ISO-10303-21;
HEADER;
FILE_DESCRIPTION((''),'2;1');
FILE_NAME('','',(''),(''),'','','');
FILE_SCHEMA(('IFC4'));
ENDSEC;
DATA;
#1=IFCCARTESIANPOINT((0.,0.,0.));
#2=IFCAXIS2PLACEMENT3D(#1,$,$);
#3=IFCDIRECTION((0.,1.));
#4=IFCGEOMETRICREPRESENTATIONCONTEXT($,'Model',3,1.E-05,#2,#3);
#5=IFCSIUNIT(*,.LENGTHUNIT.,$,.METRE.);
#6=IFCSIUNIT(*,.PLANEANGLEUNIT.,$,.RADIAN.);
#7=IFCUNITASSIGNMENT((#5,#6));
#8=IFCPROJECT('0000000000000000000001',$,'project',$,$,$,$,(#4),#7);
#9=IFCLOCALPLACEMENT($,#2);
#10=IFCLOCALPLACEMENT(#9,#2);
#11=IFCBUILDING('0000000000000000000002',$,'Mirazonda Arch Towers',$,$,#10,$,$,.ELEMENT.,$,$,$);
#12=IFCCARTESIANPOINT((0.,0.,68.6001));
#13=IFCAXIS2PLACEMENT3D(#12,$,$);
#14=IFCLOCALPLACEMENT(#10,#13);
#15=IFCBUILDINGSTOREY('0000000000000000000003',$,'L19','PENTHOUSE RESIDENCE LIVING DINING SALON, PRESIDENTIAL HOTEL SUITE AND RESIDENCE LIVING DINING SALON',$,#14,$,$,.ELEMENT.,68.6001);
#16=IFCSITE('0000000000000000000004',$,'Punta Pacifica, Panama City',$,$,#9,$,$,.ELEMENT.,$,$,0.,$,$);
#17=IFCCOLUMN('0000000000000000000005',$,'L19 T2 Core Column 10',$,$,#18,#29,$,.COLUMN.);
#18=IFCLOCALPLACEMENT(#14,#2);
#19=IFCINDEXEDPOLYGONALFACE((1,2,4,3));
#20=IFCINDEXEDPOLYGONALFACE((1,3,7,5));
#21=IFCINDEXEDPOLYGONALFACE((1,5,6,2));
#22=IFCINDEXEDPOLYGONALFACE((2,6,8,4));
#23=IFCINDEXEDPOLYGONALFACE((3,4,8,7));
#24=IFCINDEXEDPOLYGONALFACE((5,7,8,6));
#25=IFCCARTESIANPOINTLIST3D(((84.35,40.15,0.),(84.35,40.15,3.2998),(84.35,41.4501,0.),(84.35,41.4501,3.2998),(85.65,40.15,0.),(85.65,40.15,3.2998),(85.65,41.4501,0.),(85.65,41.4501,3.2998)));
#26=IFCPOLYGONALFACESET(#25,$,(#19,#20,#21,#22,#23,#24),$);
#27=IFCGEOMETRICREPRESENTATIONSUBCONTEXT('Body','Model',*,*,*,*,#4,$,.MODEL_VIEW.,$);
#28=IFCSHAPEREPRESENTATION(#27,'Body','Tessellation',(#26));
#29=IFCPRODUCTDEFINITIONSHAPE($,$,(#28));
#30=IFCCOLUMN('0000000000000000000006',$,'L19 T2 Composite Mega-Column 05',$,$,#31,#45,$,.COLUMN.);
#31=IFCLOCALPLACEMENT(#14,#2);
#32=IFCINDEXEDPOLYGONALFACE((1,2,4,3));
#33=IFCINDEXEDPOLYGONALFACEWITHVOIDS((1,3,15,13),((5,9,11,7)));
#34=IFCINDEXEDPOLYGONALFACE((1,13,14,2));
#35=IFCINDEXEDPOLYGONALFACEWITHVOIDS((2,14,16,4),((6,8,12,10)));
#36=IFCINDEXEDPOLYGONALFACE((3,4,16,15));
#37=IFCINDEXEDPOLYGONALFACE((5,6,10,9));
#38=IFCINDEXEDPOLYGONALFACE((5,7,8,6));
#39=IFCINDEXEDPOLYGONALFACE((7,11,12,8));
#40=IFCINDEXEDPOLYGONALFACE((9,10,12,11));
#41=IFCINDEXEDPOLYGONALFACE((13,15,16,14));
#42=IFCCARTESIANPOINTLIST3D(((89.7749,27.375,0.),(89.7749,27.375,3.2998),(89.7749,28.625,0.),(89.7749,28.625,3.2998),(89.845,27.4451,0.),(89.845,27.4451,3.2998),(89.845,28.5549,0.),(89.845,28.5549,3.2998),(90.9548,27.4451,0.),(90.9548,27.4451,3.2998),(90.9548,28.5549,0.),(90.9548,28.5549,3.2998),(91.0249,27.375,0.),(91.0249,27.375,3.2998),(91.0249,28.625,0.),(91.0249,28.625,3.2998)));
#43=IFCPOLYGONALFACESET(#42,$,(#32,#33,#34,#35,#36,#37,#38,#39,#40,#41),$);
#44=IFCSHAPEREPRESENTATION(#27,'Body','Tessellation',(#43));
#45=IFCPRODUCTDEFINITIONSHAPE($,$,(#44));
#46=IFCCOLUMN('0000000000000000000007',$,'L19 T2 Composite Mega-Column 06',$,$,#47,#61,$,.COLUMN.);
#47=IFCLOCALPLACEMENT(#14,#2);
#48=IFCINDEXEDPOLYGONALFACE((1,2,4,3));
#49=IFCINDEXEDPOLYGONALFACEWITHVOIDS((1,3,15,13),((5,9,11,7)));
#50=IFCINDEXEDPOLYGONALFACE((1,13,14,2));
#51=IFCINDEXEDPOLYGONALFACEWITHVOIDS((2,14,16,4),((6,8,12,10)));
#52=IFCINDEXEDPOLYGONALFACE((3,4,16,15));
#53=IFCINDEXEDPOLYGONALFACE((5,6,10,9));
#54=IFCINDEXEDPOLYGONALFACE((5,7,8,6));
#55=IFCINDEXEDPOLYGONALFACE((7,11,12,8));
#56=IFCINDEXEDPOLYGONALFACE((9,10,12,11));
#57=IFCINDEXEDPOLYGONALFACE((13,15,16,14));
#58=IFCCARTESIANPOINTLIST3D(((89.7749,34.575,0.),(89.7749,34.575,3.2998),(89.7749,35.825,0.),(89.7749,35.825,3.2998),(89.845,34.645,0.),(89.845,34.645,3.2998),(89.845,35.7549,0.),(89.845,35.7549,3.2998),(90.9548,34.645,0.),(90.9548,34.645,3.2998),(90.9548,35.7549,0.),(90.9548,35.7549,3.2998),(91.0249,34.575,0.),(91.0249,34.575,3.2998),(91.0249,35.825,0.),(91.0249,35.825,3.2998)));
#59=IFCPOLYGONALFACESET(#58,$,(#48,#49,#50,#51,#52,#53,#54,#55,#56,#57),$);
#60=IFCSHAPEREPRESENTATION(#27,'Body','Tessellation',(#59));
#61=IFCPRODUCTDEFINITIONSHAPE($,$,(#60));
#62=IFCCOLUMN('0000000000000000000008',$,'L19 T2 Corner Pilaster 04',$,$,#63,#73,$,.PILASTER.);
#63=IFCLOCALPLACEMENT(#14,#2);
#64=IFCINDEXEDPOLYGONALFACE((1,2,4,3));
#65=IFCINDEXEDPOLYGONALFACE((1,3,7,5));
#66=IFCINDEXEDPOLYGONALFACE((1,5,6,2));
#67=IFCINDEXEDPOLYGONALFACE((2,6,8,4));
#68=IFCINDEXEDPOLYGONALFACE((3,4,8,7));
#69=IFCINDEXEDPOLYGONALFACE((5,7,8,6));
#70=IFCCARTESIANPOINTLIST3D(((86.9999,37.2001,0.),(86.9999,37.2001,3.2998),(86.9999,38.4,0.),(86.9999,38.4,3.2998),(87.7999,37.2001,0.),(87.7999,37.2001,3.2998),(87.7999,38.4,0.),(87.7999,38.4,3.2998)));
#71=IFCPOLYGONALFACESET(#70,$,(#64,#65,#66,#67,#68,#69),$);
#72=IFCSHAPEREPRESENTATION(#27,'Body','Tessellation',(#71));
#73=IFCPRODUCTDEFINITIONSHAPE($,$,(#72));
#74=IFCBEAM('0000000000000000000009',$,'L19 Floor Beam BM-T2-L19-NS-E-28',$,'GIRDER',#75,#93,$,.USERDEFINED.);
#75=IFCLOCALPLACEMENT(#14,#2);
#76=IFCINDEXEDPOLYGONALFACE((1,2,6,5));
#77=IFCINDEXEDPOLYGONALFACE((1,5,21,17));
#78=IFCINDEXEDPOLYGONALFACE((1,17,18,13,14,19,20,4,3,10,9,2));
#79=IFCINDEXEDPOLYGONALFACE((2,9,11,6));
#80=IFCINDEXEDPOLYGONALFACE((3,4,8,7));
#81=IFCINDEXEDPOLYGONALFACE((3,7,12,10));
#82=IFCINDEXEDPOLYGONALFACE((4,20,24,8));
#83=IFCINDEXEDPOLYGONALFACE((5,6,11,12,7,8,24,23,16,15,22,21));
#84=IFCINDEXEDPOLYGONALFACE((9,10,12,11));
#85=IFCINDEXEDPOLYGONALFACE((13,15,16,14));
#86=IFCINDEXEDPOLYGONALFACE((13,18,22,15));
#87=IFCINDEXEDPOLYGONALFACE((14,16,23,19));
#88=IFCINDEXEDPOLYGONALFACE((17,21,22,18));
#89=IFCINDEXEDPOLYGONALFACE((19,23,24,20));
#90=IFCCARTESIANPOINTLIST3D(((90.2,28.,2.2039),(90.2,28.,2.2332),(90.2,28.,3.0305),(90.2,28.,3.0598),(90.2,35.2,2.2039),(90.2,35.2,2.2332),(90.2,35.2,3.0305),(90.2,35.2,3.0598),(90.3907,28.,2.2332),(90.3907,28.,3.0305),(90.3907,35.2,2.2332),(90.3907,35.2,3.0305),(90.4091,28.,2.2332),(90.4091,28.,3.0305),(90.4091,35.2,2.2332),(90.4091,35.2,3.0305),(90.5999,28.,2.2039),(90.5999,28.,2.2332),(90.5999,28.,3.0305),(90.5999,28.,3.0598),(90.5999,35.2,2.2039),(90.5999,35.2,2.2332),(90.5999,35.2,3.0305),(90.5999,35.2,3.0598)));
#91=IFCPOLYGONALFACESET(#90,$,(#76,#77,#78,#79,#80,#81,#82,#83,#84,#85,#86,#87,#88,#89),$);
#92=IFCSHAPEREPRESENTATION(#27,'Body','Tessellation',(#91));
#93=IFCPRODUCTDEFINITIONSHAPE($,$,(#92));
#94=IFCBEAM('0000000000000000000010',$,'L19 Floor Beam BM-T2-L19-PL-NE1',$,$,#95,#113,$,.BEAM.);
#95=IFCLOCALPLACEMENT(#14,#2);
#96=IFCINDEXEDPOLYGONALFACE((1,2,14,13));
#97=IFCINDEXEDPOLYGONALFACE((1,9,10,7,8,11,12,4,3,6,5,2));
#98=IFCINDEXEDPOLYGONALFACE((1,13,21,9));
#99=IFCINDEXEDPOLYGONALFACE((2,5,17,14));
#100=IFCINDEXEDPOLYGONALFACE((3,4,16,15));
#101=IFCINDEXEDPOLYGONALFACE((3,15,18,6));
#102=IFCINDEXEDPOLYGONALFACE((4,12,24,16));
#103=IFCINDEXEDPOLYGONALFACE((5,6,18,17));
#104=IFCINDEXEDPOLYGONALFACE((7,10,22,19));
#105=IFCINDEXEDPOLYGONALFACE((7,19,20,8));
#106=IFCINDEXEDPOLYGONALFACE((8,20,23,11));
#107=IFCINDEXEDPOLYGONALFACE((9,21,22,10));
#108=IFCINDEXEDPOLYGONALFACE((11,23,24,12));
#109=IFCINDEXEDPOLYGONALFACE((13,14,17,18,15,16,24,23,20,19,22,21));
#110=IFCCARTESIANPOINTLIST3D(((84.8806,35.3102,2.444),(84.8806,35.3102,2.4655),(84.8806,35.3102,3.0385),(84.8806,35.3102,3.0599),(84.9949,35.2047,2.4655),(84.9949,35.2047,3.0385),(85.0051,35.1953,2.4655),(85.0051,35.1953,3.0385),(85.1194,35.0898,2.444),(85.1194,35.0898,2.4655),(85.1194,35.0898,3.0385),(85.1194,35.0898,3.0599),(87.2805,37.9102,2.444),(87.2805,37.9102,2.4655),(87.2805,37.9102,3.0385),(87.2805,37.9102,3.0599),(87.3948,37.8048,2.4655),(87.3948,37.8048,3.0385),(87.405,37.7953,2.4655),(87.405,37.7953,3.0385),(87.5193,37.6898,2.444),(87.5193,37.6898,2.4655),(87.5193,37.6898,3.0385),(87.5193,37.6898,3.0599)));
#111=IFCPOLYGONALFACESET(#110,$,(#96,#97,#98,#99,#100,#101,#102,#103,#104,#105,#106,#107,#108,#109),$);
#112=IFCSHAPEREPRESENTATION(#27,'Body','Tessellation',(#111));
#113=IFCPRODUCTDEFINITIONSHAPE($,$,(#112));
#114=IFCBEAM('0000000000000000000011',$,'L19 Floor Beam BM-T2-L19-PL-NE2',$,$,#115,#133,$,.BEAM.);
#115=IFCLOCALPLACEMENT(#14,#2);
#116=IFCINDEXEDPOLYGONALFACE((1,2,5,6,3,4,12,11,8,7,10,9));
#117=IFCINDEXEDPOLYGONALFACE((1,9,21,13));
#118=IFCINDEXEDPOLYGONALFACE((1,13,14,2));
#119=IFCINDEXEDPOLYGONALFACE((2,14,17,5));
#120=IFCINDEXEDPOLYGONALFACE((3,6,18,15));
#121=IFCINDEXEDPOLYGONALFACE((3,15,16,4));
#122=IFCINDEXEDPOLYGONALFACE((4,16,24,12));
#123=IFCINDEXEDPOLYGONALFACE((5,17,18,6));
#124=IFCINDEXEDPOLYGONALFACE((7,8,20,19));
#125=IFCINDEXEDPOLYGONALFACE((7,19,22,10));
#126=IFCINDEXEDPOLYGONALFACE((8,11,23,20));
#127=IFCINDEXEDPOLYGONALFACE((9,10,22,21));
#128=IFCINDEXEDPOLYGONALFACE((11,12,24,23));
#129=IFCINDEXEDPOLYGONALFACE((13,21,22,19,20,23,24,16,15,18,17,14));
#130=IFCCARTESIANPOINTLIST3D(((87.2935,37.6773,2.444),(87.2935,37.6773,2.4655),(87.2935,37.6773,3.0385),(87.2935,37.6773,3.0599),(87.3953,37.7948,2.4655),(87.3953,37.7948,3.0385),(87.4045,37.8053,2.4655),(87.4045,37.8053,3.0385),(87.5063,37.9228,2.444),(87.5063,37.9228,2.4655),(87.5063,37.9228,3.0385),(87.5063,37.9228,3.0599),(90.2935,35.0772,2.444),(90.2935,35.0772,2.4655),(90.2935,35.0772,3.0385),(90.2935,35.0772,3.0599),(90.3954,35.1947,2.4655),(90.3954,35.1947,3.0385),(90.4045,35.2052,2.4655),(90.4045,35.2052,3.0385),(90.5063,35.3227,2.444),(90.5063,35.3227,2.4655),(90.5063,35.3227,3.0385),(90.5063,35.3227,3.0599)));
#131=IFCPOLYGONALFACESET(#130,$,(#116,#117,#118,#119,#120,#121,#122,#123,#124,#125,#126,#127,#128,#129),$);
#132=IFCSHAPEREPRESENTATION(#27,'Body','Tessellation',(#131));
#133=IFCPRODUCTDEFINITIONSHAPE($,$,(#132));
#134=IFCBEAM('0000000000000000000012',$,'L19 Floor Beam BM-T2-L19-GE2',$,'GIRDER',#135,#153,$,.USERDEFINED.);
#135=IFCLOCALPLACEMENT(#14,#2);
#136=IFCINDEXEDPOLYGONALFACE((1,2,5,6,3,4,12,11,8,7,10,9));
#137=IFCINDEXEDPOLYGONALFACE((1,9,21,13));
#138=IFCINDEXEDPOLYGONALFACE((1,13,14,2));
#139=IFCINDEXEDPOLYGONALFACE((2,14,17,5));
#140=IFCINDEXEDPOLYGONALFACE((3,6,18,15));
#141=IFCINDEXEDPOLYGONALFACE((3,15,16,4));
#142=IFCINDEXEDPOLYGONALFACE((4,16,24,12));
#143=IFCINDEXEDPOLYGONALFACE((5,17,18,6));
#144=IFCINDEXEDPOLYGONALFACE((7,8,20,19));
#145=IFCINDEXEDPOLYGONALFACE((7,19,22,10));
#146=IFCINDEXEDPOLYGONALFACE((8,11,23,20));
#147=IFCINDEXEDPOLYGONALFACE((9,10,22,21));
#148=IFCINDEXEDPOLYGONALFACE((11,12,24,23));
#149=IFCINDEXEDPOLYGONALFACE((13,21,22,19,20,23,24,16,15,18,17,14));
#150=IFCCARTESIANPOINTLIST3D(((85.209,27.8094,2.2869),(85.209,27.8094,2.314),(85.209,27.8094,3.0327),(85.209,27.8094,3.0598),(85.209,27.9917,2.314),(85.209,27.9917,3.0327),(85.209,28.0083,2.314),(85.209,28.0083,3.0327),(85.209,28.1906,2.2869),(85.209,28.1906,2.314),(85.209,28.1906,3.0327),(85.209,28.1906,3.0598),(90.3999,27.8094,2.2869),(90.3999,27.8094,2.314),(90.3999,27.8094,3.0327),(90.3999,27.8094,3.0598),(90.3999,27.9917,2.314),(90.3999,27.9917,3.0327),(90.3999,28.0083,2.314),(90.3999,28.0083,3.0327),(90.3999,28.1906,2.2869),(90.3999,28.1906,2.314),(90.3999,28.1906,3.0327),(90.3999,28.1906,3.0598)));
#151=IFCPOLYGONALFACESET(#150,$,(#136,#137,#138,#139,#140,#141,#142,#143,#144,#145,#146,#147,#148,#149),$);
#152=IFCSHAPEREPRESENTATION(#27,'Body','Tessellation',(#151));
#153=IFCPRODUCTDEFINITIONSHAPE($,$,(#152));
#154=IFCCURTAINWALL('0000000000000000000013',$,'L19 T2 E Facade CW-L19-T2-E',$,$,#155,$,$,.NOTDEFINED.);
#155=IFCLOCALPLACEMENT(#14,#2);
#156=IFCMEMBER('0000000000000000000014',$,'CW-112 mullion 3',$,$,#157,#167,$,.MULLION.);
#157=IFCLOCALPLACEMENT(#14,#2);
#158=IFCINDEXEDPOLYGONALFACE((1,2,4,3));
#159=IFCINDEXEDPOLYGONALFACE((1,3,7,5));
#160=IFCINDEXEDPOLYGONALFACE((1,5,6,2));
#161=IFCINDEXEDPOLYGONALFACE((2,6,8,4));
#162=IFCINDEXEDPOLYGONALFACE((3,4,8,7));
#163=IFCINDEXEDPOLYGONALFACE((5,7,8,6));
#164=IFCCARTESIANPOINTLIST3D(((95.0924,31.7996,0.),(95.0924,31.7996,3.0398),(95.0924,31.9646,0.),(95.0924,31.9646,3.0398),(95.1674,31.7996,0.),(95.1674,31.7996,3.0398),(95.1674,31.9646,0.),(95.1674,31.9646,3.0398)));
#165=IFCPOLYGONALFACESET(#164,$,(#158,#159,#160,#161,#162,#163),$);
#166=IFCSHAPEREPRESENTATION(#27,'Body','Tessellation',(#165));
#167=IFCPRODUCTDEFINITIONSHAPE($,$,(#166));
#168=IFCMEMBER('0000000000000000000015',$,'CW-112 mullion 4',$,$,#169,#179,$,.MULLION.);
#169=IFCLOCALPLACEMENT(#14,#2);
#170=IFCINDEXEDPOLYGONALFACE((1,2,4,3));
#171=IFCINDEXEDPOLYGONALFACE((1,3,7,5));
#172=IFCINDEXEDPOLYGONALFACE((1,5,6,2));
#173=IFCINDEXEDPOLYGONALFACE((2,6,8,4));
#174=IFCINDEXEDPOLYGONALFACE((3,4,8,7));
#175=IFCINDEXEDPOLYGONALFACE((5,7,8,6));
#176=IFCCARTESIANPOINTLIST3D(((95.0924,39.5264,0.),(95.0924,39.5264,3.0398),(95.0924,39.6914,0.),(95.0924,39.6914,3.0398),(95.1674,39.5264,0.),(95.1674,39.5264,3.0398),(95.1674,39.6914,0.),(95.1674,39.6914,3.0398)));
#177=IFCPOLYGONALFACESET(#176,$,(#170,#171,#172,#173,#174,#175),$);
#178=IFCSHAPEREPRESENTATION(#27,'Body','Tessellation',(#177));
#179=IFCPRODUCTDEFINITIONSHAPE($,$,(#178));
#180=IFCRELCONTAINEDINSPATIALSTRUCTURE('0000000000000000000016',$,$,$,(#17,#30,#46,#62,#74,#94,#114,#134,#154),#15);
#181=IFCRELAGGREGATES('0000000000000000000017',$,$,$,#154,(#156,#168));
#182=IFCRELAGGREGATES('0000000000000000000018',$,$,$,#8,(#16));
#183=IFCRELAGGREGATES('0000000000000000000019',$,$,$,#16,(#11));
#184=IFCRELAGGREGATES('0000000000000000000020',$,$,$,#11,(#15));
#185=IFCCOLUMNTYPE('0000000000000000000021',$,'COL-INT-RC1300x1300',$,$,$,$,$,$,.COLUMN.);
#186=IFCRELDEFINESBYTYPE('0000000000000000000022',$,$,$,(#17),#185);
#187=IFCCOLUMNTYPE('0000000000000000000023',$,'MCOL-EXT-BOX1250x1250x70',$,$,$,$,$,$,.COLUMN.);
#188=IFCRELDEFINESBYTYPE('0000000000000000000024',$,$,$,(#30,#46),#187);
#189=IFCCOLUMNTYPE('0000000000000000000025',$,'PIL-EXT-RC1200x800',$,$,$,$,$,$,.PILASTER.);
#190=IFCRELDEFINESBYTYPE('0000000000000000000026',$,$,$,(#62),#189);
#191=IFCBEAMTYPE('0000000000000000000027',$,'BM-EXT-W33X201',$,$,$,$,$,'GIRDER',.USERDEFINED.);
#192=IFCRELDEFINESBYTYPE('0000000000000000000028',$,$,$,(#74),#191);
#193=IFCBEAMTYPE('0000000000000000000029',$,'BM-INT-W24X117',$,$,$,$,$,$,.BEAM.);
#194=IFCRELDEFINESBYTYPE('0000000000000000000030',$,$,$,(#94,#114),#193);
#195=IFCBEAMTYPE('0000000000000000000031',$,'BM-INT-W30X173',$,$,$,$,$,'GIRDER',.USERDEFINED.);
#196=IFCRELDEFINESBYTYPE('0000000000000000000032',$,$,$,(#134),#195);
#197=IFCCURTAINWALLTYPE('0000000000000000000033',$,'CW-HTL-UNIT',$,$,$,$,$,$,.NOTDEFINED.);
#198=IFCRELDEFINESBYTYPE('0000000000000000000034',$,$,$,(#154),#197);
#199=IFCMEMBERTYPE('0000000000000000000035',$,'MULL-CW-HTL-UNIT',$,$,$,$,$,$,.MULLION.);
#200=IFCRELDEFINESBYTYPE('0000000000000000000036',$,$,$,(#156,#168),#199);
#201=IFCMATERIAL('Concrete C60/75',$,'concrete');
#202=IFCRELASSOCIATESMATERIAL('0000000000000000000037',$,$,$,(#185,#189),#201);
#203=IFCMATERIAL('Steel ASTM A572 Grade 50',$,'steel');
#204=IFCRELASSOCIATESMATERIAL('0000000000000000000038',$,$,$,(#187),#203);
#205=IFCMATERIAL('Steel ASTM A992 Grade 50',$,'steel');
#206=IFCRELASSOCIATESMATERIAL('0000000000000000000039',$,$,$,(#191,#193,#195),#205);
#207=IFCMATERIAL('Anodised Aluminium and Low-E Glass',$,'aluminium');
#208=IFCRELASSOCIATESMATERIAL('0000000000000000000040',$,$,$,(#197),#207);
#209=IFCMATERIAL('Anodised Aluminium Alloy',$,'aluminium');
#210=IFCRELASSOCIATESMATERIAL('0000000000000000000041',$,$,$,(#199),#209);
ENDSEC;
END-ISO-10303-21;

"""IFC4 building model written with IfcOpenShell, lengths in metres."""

from ifc_helpers import new_model, si_unit, direction, frame, origin, origin_2d, place, context, subcontext, project, spatial, rectangle, hollow_rectangle, i_section, extrude, material, material_profile, profile_set, type_object, element, aggregate, save


model = new_model("IFC4")

# Units and contexts
model_context = context("Model", 3, precision=1e-05, world=origin(), true_north=direction((0.0, 1.0)))
body_context = subcontext(model_context, "Body", "Model", "MODEL_VIEW")
ifc_project = project(units=[si_unit("LENGTHUNIT", "METRE"), si_unit("PLANEANGLEUNIT", "RADIAN")], contexts=[model_context])

# Site, building, storey
site_placement = place(None, origin())
site = spatial("IfcSite", under=ifc_project, at=site_placement, Name="Punta Pacifica, Panama City", CompositionType="ELEMENT", RefElevation=0.0)
building_placement = place(site_placement, origin())
building = spatial("IfcBuilding", under=site, at=building_placement, Name="Mirazonda Arch Towers", CompositionType="ELEMENT")
storey_placement = place(building_placement, frame((0.0, 0.0, 68.6001)))
storey = spatial("IfcBuildingStorey", under=building, at=storey_placement, Name="L19", Description="PENTHOUSE RESIDENCE LIVING DINING SALON, PRESIDENTIAL HOTEL SUITE AND RESIDENCE LIVING DINING SALON", CompositionType="ELEMENT", Elevation=68.6001)

# Columns
ifc_material_1 = material(Name="Concrete C60/75", Category="concrete")
ifc_material_profile_1 = material_profile(ifc_material_1, rectangle(XDim=1.3, YDim=1.3, at=origin_2d()), Name="RC1300x1300")
ifc_profile_set_1 = profile_set([ifc_material_profile_1], Name="Concrete C60/75")
column_type_1 = type_object("IfcColumnType", Name="COL-INT-RC1300x1300", PredefinedType="COLUMN", material=ifc_profile_set_1)
column_1_placement = place(storey_placement, frame((85.0, 40.8, 0.0), z_axis=(0.0, 0.0, 1.0), x_axis=(1.0, 0.0, 0.0)))
element("IfcColumn", 1, at=column_1_placement, inside=storey, type_object=column_type_1, Name="L19 T2 Core Column 10", PredefinedType="COLUMN", context=body_context, shape_type="SweptSolid", body=[
    extrude(rectangle(XDim=1.3, YDim=1.3, at=origin_2d()), origin(), (0.0, 0.0, 1.0), 3.2998),
])
ifc_material_2 = material(Name="Steel ASTM A572 Grade 50", Category="steel")
ifc_material_profile_2 = material_profile(ifc_material_2, hollow_rectangle(XDim=1.25, YDim=1.25, WallThickness=0.0701, at=origin_2d()), Name="BOX1250x1250x70")
ifc_profile_set_2 = profile_set([ifc_material_profile_2], Name="Steel ASTM A572 Grade 50")
column_type_2 = type_object("IfcColumnType", Name="MCOL-EXT-BOX1250x1250x70", PredefinedType="COLUMN", material=ifc_profile_set_2)
for number, where, z_axis, x_axis, name in (
    (2, (90.3999, 28.0, 0.0), (0.0, 0.0, 1.0), (1.0, 0.0, 0.0), "L19 T2 Composite Mega-Column 05"),
    (3, (90.3999, 35.2, 0.0), (0.0, 0.0, 1.0), (1.0, 0.0, 0.0), "L19 T2 Composite Mega-Column 06"),
):
    element("IfcColumn", number, at=place(storey_placement, frame(where, z_axis=z_axis, x_axis=x_axis)), inside=storey, type_object=column_type_2, Name=name, PredefinedType="COLUMN", context=body_context, shape_type="SweptSolid", body=[
        extrude(hollow_rectangle(XDim=1.25, YDim=1.25, WallThickness=0.0701, at=origin_2d()), origin(), (0.0, 0.0, 1.0), 3.2998),
    ])
ifc_material_profile_3 = material_profile(ifc_material_1, rectangle(XDim=0.8, YDim=1.2, at=origin_2d()), Name="RC1200x800")
ifc_profile_set_3 = profile_set([ifc_material_profile_3], Name="Concrete C60/75")
column_type_3 = type_object("IfcColumnType", Name="PIL-EXT-RC1200x800", PredefinedType="PILASTER", material=ifc_profile_set_3)
column_2_placement = place(storey_placement, frame((87.3999, 37.8, 0.0), z_axis=(0.0, 0.0, 1.0), x_axis=(1.0, 0.0, 0.0)))
element("IfcColumn", 4, at=column_2_placement, inside=storey, type_object=column_type_3, Name="L19 T2 Corner Pilaster 04", PredefinedType="PILASTER", context=body_context, shape_type="SweptSolid", body=[
    extrude(rectangle(XDim=0.8, YDim=1.2, at=origin_2d()), origin(), (0.0, 0.0, 1.0), 3.2998),
])

# Beams
ifc_material_3 = material(Name="Steel ASTM A992 Grade 50", Category="steel")
ifc_material_profile_4 = material_profile(ifc_material_3, i_section(OverallWidth=0.3999, OverallDepth=0.856, WebThickness=0.0183, FlangeThickness=0.0293, at=origin_2d()), Name="W33X201")
ifc_profile_set_4 = profile_set([ifc_material_profile_4], Name="Steel ASTM A992 Grade 50")
beam_type_1 = type_object("IfcBeamType", Name="BM-EXT-W33X201", ElementType="GIRDER", PredefinedType="USERDEFINED", material=ifc_profile_set_4)
beam_1_placement = place(storey_placement, frame((90.3999, 28.0, 2.6318), z_axis=(0.0, 1.0, 0.0), x_axis=(-1.0, 0.0, 0.0)))
element("IfcBeam", 5, at=beam_1_placement, inside=storey, type_object=beam_type_1, Name="L19 Floor Beam BM-T2-L19-NS-E-28", ObjectType="GIRDER", PredefinedType="USERDEFINED", context=body_context, shape_type="SweptSolid", body=[
    extrude(i_section(OverallWidth=0.3999, OverallDepth=0.856, WebThickness=0.0183, FlangeThickness=0.0293, at=origin_2d()), origin(), (0.0, 0.0, 1.0), 7.2),
])
ifc_material_profile_5 = material_profile(ifc_material_3, i_section(OverallWidth=0.325, OverallDepth=0.616, WebThickness=0.0139, FlangeThickness=0.0215, at=origin_2d()), Name="W24X117")
ifc_profile_set_5 = profile_set([ifc_material_profile_5], Name="Steel ASTM A992 Grade 50")
beam_type_2 = type_object("IfcBeamType", Name="BM-INT-W24X117", PredefinedType="BEAM", material=ifc_profile_set_5)
beam_2_placement = place(storey_placement, frame((87.3999, 37.8, 2.752), z_axis=(-0.678251, -0.73483, 0.0), x_axis=(0.73483, -0.678251, 0.0)))
element("IfcBeam", 6, at=beam_2_placement, inside=storey, type_object=beam_type_2, Name="L19 Floor Beam BM-T2-L19-PL-NE1", PredefinedType="BEAM", context=body_context, shape_type="SweptSolid", body=[
    extrude(i_section(OverallWidth=0.325, OverallDepth=0.616, WebThickness=0.0139, FlangeThickness=0.0215, at=origin_2d()), origin(), (0.0, 0.0, 1.0), 3.5383),
])
beam_3_placement = place(storey_placement, frame((87.3999, 37.8, 2.752), z_axis=(0.755677, -0.654945, 0.0), x_axis=(0.654945, 0.755677, 0.0)))
element("IfcBeam", 7, at=beam_3_placement, inside=storey, type_object=beam_type_2, Name="L19 Floor Beam BM-T2-L19-PL-NE2", PredefinedType="BEAM", context=body_context, shape_type="SweptSolid", body=[
    extrude(i_section(OverallWidth=0.325, OverallDepth=0.616, WebThickness=0.0139, FlangeThickness=0.0215, at=origin_2d()), origin(), (0.0, 0.0, 1.0), 3.97),
])
ifc_material_profile_6 = material_profile(ifc_material_3, i_section(OverallWidth=0.3811, OverallDepth=0.7729, WebThickness=0.0166, FlangeThickness=0.0271, at=origin_2d()), Name="W30X173")
ifc_profile_set_6 = profile_set([ifc_material_profile_6], Name="Steel ASTM A992 Grade 50")
beam_type_3 = type_object("IfcBeamType", Name="BM-INT-W30X173", ElementType="GIRDER", PredefinedType="USERDEFINED", material=ifc_profile_set_6)
beam_4_placement = place(storey_placement, frame((85.209, 28.0, 2.6733), z_axis=(1.0, 0.0, 0.0), x_axis=(0.0, 1.0, 0.0)))
element("IfcBeam", 8, at=beam_4_placement, inside=storey, type_object=beam_type_3, Name="L19 Floor Beam BM-T2-L19-GE2", ObjectType="GIRDER", PredefinedType="USERDEFINED", context=body_context, shape_type="SweptSolid", body=[
    extrude(i_section(OverallWidth=0.3811, OverallDepth=0.7729, WebThickness=0.0166, FlangeThickness=0.0271, at=origin_2d()), origin(), (0.0, 0.0, 1.0), 5.1909),
])

# Curtain wall, members
ifc_material_4 = material(Name="Anodised Aluminium and Low-E Glass", Category="aluminium")
curtain_wall_type = type_object("IfcCurtainWallType", Name="CW-HTL-UNIT", PredefinedType="NOTDEFINED", material=ifc_material_4)
curtain_wall_1_placement = place(storey_placement, origin())
curtain_wall_1 = element("IfcCurtainWall", 9, at=curtain_wall_1_placement, inside=storey, type_object=curtain_wall_type, Name="L19 T2 E Facade CW-L19-T2-E", PredefinedType="NOTDEFINED")
ifc_material_5 = material(Name="Anodised Aluminium Alloy", Category="aluminium")
ifc_material_profile_7 = material_profile(ifc_material_5, rectangle(XDim=0.075, YDim=0.165, at=origin_2d()), Name="ALU-MULL-75x165")
ifc_profile_set_7 = profile_set([ifc_material_profile_7], Name="Anodised Aluminium Alloy")
member_type_1 = type_object("IfcMemberType", Name="MULL-CW-HTL-UNIT", PredefinedType="MULLION", material=ifc_profile_set_7)
member_1_placement = place(storey_placement, frame((95.1299, 31.8821, 0.0), z_axis=(0.0, 0.0, 1.0), x_axis=(-1.0, 0.0, 0.0)))
member_1 = element("IfcMember", 10, at=member_1_placement, type_object=member_type_1, Name="CW-112 mullion 3", PredefinedType="MULLION", context=body_context, shape_type="SweptSolid", body=[
    extrude(rectangle(XDim=0.075, YDim=0.165, at=origin_2d()), origin(), (0.0, 0.0, 1.0), 3.0398),
])
member_2_placement = place(storey_placement, frame((95.1299, 39.6089, 0.0), z_axis=(0.0, 0.0, 1.0), x_axis=(-1.0, 0.0, 0.0)))
member_2 = element("IfcMember", 11, at=member_2_placement, type_object=member_type_1, Name="CW-112 mullion 4", PredefinedType="MULLION", context=body_context, shape_type="SweptSolid", body=[
    extrude(rectangle(XDim=0.075, YDim=0.165, at=origin_2d()), origin(), (0.0, 0.0, 1.0), 3.0398),
])

aggregate(curtain_wall_1, [member_1, member_2])

save(model, "model.ifc")
